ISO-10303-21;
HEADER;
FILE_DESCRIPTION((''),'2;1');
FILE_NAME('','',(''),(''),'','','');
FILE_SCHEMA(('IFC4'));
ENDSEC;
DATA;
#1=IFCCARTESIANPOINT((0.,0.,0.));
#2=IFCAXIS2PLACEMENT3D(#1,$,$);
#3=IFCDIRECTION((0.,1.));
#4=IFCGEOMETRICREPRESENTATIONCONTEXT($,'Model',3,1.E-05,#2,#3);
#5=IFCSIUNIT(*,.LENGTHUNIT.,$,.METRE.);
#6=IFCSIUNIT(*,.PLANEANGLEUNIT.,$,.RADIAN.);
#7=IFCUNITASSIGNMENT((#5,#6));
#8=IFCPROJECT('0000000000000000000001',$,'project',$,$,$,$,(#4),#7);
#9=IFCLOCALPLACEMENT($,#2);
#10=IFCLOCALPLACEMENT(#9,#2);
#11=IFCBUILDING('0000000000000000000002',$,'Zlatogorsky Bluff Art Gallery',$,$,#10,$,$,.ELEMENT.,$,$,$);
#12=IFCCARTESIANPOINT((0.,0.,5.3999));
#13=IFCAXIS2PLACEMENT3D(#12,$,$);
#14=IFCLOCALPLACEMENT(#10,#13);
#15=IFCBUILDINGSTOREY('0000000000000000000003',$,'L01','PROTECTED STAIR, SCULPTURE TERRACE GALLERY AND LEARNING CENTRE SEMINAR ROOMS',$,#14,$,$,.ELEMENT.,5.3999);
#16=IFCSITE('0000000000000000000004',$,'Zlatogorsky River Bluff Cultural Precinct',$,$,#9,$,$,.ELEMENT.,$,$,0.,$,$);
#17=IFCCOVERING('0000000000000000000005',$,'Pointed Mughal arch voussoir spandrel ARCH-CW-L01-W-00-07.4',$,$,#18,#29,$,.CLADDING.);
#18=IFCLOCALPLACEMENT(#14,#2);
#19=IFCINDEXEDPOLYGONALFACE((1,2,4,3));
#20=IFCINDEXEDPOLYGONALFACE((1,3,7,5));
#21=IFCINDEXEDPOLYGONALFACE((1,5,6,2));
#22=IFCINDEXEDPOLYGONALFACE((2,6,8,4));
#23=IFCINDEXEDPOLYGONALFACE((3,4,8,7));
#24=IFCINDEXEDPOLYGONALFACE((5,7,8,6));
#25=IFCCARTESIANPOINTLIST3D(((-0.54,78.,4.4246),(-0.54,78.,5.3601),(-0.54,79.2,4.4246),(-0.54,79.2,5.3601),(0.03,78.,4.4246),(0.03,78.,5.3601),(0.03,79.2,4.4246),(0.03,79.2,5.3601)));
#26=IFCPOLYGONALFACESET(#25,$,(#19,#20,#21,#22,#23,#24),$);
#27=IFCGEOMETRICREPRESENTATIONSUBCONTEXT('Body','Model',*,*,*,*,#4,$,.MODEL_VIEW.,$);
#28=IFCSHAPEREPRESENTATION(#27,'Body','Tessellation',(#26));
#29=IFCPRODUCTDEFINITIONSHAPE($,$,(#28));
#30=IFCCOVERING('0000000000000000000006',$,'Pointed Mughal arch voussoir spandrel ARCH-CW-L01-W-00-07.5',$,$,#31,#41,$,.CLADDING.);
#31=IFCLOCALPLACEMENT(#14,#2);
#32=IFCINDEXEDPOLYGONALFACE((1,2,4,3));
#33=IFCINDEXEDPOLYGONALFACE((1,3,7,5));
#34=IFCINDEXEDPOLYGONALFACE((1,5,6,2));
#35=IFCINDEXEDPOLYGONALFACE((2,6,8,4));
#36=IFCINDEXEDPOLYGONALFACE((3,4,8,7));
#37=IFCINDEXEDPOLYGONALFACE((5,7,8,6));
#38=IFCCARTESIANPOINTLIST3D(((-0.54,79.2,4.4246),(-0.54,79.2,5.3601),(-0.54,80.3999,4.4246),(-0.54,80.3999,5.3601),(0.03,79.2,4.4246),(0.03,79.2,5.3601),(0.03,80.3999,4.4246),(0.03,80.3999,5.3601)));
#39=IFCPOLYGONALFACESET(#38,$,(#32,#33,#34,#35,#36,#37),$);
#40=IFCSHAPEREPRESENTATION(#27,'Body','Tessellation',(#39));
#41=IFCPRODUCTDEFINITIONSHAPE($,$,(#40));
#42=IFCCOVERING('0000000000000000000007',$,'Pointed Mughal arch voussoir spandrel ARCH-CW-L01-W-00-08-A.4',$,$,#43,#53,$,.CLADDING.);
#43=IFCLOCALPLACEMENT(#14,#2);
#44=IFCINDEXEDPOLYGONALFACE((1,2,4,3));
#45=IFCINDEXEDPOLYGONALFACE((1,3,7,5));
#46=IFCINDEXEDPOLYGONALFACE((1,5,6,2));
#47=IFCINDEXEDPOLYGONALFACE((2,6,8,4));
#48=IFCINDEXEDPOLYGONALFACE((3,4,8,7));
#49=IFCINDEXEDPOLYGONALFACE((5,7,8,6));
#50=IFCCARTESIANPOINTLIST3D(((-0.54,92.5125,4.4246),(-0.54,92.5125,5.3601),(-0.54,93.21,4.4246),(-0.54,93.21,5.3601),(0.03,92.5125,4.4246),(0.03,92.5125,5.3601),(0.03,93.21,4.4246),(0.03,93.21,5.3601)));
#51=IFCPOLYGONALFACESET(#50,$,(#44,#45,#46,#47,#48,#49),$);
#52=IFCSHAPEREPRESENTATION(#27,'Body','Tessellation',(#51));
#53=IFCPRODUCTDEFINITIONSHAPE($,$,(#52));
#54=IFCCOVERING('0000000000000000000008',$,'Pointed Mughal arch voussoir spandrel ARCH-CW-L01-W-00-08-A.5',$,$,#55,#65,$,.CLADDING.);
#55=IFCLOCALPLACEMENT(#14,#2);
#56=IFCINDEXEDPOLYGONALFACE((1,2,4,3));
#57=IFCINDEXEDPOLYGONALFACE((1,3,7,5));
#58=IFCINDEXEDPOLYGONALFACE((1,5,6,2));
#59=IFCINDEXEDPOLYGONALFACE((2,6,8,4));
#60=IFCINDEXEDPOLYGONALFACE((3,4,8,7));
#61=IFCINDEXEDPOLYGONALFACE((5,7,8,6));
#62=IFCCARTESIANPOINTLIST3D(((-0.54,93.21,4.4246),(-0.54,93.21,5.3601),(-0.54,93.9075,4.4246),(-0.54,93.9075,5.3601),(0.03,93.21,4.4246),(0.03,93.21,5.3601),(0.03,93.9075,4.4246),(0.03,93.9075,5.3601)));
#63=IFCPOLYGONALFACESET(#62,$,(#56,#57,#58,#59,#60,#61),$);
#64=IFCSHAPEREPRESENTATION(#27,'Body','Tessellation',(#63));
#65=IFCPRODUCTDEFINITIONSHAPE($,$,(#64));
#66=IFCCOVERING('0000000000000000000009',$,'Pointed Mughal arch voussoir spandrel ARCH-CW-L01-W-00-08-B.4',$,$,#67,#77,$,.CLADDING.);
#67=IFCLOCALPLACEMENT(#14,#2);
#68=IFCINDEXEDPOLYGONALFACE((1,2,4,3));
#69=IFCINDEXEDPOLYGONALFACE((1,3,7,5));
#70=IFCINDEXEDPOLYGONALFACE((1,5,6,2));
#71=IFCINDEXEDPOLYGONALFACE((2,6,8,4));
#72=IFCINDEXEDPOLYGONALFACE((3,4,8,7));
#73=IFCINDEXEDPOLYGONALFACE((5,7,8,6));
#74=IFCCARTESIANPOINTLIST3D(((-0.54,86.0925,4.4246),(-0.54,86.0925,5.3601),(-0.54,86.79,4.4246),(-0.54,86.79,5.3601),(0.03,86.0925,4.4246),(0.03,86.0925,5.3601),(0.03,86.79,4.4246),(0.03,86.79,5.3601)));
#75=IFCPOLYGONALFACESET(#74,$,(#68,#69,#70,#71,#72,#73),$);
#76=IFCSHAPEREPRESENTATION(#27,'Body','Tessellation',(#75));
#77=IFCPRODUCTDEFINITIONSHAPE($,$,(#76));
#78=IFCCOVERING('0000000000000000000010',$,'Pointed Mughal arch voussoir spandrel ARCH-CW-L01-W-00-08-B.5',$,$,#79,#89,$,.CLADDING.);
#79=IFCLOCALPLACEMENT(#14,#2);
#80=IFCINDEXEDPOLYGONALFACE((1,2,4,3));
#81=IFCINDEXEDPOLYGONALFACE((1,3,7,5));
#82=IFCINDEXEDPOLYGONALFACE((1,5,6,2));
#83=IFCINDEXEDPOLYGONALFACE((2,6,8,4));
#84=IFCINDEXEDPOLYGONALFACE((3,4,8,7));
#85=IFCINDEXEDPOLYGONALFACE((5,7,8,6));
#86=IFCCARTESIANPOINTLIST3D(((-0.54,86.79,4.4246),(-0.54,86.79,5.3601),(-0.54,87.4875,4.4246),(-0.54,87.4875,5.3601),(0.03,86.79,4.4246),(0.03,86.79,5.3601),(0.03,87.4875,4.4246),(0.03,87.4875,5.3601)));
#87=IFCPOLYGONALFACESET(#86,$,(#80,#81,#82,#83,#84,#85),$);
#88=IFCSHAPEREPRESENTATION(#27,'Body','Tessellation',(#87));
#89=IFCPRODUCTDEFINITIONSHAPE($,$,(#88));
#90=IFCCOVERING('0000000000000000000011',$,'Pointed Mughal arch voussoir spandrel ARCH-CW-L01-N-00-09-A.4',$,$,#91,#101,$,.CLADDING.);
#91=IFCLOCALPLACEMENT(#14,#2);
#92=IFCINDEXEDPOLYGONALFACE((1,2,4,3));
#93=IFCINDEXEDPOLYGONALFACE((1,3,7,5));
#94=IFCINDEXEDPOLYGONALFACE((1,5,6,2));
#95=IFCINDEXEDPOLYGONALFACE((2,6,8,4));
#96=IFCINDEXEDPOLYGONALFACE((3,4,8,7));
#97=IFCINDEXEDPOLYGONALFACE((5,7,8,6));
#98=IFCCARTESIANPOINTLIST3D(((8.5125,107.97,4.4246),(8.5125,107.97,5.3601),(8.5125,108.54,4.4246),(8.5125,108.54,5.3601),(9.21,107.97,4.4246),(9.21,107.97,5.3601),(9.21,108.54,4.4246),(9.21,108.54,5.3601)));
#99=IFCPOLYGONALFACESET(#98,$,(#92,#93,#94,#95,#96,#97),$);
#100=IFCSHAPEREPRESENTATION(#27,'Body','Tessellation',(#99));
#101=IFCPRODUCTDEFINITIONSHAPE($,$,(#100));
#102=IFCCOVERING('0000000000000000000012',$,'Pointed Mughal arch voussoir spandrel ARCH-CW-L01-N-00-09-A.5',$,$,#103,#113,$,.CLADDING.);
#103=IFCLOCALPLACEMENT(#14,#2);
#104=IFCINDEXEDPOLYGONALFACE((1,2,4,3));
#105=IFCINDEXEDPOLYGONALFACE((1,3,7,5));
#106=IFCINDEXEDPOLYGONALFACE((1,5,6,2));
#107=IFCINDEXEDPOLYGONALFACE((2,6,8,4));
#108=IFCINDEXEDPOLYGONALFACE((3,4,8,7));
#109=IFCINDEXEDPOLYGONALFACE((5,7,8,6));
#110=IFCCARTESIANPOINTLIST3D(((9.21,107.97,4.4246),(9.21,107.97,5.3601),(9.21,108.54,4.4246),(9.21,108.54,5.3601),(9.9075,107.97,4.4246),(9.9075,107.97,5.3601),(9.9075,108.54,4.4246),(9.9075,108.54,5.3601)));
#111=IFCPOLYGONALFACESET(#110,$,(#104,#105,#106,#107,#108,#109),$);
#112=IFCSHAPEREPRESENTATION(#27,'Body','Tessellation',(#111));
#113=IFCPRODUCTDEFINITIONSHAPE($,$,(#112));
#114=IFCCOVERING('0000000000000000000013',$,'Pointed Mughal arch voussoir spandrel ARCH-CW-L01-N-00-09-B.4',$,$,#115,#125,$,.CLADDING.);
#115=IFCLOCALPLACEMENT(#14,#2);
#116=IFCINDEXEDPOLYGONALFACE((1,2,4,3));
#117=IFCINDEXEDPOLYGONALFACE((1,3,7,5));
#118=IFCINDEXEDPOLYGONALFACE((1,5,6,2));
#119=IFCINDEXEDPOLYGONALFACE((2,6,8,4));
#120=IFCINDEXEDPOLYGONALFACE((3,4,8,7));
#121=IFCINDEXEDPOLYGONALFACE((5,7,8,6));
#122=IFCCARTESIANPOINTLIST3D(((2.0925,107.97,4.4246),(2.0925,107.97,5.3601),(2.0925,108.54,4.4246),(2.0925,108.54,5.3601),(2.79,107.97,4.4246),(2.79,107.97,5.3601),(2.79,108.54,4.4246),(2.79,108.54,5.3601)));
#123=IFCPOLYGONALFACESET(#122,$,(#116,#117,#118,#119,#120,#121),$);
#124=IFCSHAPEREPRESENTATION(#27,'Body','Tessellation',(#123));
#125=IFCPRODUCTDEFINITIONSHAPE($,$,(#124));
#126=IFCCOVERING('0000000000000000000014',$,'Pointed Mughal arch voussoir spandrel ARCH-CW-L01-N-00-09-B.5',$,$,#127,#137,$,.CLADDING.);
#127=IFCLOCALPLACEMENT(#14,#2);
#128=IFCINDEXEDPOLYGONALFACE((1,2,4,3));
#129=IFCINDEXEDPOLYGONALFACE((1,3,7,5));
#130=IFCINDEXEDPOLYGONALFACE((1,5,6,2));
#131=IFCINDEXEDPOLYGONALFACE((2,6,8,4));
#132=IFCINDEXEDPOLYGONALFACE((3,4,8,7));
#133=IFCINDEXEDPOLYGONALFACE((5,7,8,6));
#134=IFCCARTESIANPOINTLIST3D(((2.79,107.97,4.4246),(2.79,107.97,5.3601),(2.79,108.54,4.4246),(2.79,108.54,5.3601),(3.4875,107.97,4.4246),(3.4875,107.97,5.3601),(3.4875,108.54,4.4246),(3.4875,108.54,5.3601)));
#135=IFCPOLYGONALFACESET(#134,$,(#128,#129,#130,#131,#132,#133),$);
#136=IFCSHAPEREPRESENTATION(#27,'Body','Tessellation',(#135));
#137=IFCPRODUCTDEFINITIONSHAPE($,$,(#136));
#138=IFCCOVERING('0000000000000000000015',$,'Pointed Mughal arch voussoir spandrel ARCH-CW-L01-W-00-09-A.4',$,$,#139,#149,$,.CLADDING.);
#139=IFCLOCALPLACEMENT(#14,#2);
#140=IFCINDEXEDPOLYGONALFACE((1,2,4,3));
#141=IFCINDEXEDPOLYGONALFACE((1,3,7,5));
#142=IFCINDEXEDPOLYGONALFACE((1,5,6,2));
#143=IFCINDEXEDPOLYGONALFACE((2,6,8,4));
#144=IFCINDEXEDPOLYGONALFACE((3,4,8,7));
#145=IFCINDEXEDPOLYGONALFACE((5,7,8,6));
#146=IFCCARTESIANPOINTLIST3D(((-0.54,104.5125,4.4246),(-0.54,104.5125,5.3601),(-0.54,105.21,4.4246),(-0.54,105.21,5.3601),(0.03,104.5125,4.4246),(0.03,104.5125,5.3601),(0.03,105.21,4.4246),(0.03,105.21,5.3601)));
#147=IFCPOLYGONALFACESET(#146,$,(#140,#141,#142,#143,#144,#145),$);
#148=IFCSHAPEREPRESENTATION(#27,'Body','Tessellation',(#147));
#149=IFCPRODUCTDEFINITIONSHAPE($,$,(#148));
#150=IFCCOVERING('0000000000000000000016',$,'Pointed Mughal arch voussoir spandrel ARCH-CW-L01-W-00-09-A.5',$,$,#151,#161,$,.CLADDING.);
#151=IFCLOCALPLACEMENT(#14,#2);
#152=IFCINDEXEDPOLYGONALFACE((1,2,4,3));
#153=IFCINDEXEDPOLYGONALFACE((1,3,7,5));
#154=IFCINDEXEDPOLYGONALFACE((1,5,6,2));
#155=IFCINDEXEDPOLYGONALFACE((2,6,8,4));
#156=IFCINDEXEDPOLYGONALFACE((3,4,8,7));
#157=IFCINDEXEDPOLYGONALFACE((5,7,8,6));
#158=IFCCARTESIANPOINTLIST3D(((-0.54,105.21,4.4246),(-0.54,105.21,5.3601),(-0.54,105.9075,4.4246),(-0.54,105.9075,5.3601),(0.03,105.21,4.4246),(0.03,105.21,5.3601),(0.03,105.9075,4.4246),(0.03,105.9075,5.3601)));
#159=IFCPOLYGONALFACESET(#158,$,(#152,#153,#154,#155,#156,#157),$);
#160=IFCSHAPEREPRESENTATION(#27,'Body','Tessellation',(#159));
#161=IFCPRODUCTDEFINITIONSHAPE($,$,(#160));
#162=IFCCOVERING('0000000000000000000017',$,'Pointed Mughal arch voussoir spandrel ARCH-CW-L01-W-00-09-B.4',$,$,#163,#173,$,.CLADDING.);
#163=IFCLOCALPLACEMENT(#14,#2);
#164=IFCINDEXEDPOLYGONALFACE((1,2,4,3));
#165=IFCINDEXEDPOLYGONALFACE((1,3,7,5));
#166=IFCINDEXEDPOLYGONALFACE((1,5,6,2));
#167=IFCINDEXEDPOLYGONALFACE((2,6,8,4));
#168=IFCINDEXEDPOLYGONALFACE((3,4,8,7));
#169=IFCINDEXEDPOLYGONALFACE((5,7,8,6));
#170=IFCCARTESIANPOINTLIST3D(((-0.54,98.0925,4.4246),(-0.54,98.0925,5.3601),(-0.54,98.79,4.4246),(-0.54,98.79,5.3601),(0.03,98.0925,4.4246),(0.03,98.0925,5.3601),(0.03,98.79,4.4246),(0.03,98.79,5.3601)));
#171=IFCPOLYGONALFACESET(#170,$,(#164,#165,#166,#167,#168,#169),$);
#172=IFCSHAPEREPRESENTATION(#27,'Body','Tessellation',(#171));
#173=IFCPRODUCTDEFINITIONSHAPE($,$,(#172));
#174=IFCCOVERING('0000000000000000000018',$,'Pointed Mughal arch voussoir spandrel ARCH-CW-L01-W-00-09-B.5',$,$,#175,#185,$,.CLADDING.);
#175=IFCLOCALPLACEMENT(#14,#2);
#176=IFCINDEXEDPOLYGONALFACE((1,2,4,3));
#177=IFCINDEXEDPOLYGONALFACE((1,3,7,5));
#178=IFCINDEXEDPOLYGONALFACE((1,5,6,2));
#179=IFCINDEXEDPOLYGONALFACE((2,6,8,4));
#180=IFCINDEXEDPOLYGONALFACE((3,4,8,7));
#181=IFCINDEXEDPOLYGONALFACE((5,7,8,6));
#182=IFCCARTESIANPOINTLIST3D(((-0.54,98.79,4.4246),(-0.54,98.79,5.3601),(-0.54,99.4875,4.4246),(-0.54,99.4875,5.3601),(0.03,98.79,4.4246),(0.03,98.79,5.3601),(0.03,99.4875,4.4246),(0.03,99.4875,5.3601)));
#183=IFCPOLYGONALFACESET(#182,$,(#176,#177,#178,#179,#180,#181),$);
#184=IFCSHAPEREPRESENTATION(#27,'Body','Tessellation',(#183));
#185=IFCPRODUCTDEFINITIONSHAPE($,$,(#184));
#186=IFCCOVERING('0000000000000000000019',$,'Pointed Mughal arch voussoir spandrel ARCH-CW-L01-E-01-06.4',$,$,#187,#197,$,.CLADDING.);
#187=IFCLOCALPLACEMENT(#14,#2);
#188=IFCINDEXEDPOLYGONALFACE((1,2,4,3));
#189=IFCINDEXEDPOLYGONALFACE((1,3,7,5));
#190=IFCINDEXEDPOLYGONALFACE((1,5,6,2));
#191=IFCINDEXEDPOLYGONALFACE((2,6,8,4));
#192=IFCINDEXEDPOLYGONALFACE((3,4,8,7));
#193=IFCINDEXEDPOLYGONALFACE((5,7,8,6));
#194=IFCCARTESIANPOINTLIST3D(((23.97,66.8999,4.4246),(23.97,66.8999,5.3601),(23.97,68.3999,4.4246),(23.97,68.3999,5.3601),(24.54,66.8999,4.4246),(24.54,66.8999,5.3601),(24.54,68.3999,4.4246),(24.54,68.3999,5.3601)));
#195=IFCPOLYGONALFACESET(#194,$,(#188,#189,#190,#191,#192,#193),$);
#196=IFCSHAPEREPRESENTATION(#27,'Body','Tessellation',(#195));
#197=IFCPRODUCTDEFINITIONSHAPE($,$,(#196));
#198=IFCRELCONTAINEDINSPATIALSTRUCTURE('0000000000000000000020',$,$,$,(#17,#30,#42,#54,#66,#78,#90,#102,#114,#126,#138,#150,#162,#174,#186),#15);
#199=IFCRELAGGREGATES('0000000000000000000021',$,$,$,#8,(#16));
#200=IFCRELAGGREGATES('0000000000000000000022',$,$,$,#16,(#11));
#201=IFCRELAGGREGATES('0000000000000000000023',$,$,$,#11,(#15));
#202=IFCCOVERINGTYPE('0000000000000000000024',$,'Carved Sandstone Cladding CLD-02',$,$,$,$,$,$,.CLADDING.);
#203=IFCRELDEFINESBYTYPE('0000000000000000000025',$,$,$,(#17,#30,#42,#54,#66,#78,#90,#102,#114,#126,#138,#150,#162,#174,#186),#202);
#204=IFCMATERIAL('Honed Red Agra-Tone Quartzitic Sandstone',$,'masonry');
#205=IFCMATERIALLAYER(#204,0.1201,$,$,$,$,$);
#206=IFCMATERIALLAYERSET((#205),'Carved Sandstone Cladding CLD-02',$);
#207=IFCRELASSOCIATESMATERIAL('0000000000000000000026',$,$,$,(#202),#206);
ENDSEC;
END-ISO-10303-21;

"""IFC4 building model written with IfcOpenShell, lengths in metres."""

from ifc_helpers import new_model, si_unit, direction, frame, origin, place, context, subcontext, project, spatial, polyline, outline, extrude, material, layer, layer_set, type_object, element, save


model = new_model("IFC4")

# Units and contexts
model_context = context("Model", 3, precision=1e-05, world=origin(), true_north=direction((0.0, 1.0)))
body_context = subcontext(model_context, "Body", "Model", "MODEL_VIEW")
ifc_project = project(units=[si_unit("LENGTHUNIT", "METRE"), si_unit("PLANEANGLEUNIT", "RADIAN")], contexts=[model_context])

# Site, building, storey
site_placement = place(None, origin())
site = spatial("IfcSite", under=ifc_project, at=site_placement, Name="Zlatogorsky River Bluff Cultural Precinct", CompositionType="ELEMENT", RefElevation=0.0)
building_placement = place(site_placement, origin())
building = spatial("IfcBuilding", under=site, at=building_placement, Name="Zlatogorsky Bluff Art Gallery", CompositionType="ELEMENT")
storey_placement = place(building_placement, frame((0.0, 0.0, 5.3999)))
storey = spatial("IfcBuildingStorey", under=building, at=storey_placement, Name="L01", Description="PROTECTED STAIR, SCULPTURE TERRACE GALLERY AND LEARNING CENTRE SEMINAR ROOMS", CompositionType="ELEMENT", Elevation=5.3999)

# Coverings
ifc_material = material(Name="Honed Red Agra-Tone Quartzitic Sandstone", Category="masonry")
ifc_layer = layer(ifc_material, 0.1201)
ifc_layer_set = layer_set([ifc_layer], Name="Carved Sandstone Cladding CLD-02")
covering_type = type_object("IfcCoveringType", Name="Carved Sandstone Cladding CLD-02", PredefinedType="CLADDING", material=ifc_layer_set)
covering_1_placement = place(storey_placement, frame((0.0, 0.0, 4.4246)))
element("IfcCovering", 1, at=covering_1_placement, inside=storey, type_object=covering_type, Name="Pointed Mughal arch voussoir spandrel ARCH-CW-L01-W-00-07.4", PredefinedType="CLADDING", context=body_context, shape_type="SweptSolid", body=[
    extrude(outline(polyline([(-0.54, 78.0), (-0.54, 79.2), (0.03, 79.2), (0.03, 78.0), (-0.54, 78.0)])), origin(), (0.0, 0.0, 1.0), 0.9355),
])
covering_2_placement = place(storey_placement, frame((0.0, 0.0, 4.4246)))
element("IfcCovering", 2, at=covering_2_placement, inside=storey, type_object=covering_type, Name="Pointed Mughal arch voussoir spandrel ARCH-CW-L01-W-00-07.5", PredefinedType="CLADDING", context=body_context, shape_type="SweptSolid", body=[
    extrude(outline(polyline([(-0.54, 79.2), (-0.54, 80.3999), (0.03, 80.3999), (0.03, 79.2), (-0.54, 79.2)])), origin(), (0.0, 0.0, 1.0), 0.9355),
])
covering_3_placement = place(storey_placement, frame((0.0, 0.0, 4.4246)))
element("IfcCovering", 3, at=covering_3_placement, inside=storey, type_object=covering_type, Name="Pointed Mughal arch voussoir spandrel ARCH-CW-L01-W-00-08-A.4", PredefinedType="CLADDING", context=body_context, shape_type="SweptSolid", body=[
    extrude(outline(polyline([(-0.54, 92.5125), (-0.54, 93.21), (0.03, 93.21), (0.03, 92.5125), (-0.54, 92.5125)])), origin(), (0.0, 0.0, 1.0), 0.9355),
])
covering_4_placement = place(storey_placement, frame((0.0, 0.0, 4.4246)))
element("IfcCovering", 4, at=covering_4_placement, inside=storey, type_object=covering_type, Name="Pointed Mughal arch voussoir spandrel ARCH-CW-L01-W-00-08-A.5", PredefinedType="CLADDING", context=body_context, shape_type="SweptSolid", body=[
    extrude(outline(polyline([(-0.54, 93.21), (-0.54, 93.9075), (0.03, 93.9075), (0.03, 93.21), (-0.54, 93.21)])), origin(), (0.0, 0.0, 1.0), 0.9355),
])
covering_5_placement = place(storey_placement, frame((0.0, 0.0, 4.4246)))
element("IfcCovering", 5, at=covering_5_placement, inside=storey, type_object=covering_type, Name="Pointed Mughal arch voussoir spandrel ARCH-CW-L01-W-00-08-B.4", PredefinedType="CLADDING", context=body_context, shape_type="SweptSolid", body=[
    extrude(outline(polyline([(-0.54, 86.0925), (-0.54, 86.79), (0.03, 86.79), (0.03, 86.0925), (-0.54, 86.0925)])), origin(), (0.0, 0.0, 1.0), 0.9355),
])
covering_6_placement = place(storey_placement, frame((0.0, 0.0, 4.4246)))
element("IfcCovering", 6, at=covering_6_placement, inside=storey, type_object=covering_type, Name="Pointed Mughal arch voussoir spandrel ARCH-CW-L01-W-00-08-B.5", PredefinedType="CLADDING", context=body_context, shape_type="SweptSolid", body=[
    extrude(outline(polyline([(-0.54, 86.79), (-0.54, 87.4875), (0.03, 87.4875), (0.03, 86.79), (-0.54, 86.79)])), origin(), (0.0, 0.0, 1.0), 0.9355),
])
covering_7_placement = place(storey_placement, frame((0.0, 0.0, 4.4246)))
element("IfcCovering", 7, at=covering_7_placement, inside=storey, type_object=covering_type, Name="Pointed Mughal arch voussoir spandrel ARCH-CW-L01-N-00-09-A.4", PredefinedType="CLADDING", context=body_context, shape_type="SweptSolid", body=[
    extrude(outline(polyline([(8.5125, 107.97), (9.21, 107.97), (9.21, 108.54), (8.5125, 108.54), (8.5125, 107.97)])), origin(), (0.0, 0.0, 1.0), 0.9355),
])
covering_8_placement = place(storey_placement, frame((0.0, 0.0, 4.4246)))
element("IfcCovering", 8, at=covering_8_placement, inside=storey, type_object=covering_type, Name="Pointed Mughal arch voussoir spandrel ARCH-CW-L01-N-00-09-A.5", PredefinedType="CLADDING", context=body_context, shape_type="SweptSolid", body=[
    extrude(outline(polyline([(9.21, 107.97), (9.9075, 107.97), (9.9075, 108.54), (9.21, 108.54), (9.21, 107.97)])), origin(), (0.0, 0.0, 1.0), 0.9355),
])
covering_9_placement = place(storey_placement, frame((0.0, 0.0, 4.4246)))
element("IfcCovering", 9, at=covering_9_placement, inside=storey, type_object=covering_type, Name="Pointed Mughal arch voussoir spandrel ARCH-CW-L01-N-00-09-B.4", PredefinedType="CLADDING", context=body_context, shape_type="SweptSolid", body=[
    extrude(outline(polyline([(2.0925, 107.97), (2.79, 107.97), (2.79, 108.54), (2.0925, 108.54), (2.0925, 107.97)])), origin(), (0.0, 0.0, 1.0), 0.9355),
])
covering_10_placement = place(storey_placement, frame((0.0, 0.0, 4.4246)))
element("IfcCovering", 10, at=covering_10_placement, inside=storey, type_object=covering_type, Name="Pointed Mughal arch voussoir spandrel ARCH-CW-L01-N-00-09-B.5", PredefinedType="CLADDING", context=body_context, shape_type="SweptSolid", body=[
    extrude(outline(polyline([(2.79, 107.97), (3.4875, 107.97), (3.4875, 108.54), (2.79, 108.54), (2.79, 107.97)])), origin(), (0.0, 0.0, 1.0), 0.9355),
])
covering_11_placement = place(storey_placement, frame((0.0, 0.0, 4.4246)))
element("IfcCovering", 11, at=covering_11_placement, inside=storey, type_object=covering_type, Name="Pointed Mughal arch voussoir spandrel ARCH-CW-L01-W-00-09-A.4", PredefinedType="CLADDING", context=body_context, shape_type="SweptSolid", body=[
    extrude(outline(polyline([(-0.54, 104.5125), (-0.54, 105.21), (0.03, 105.21), (0.03, 104.5125), (-0.54, 104.5125)])), origin(), (0.0, 0.0, 1.0), 0.9355),
])
covering_12_placement = place(storey_placement, frame((0.0, 0.0, 4.4246)))
element("IfcCovering", 12, at=covering_12_placement, inside=storey, type_object=covering_type, Name="Pointed Mughal arch voussoir spandrel ARCH-CW-L01-W-00-09-A.5", PredefinedType="CLADDING", context=body_context, shape_type="SweptSolid", body=[
    extrude(outline(polyline([(-0.54, 105.21), (-0.54, 105.9075), (0.03, 105.9075), (0.03, 105.21), (-0.54, 105.21)])), origin(), (0.0, 0.0, 1.0), 0.9355),
])
covering_13_placement = place(storey_placement, frame((0.0, 0.0, 4.4246)))
element("IfcCovering", 13, at=covering_13_placement, inside=storey, type_object=covering_type, Name="Pointed Mughal arch voussoir spandrel ARCH-CW-L01-W-00-09-B.4", PredefinedType="CLADDING", context=body_context, shape_type="SweptSolid", body=[
    extrude(outline(polyline([(-0.54, 98.0925), (-0.54, 98.79), (0.03, 98.79), (0.03, 98.0925), (-0.54, 98.0925)])), origin(), (0.0, 0.0, 1.0), 0.9355),
])
covering_14_placement = place(storey_placement, frame((0.0, 0.0, 4.4246)))
element("IfcCovering", 14, at=covering_14_placement, inside=storey, type_object=covering_type, Name="Pointed Mughal arch voussoir spandrel ARCH-CW-L01-W-00-09-B.5", PredefinedType="CLADDING", context=body_context, shape_type="SweptSolid", body=[
    extrude(outline(polyline([(-0.54, 98.79), (-0.54, 99.4875), (0.03, 99.4875), (0.03, 98.79), (-0.54, 98.79)])), origin(), (0.0, 0.0, 1.0), 0.9355),
])
covering_15_placement = place(storey_placement, frame((0.0, 0.0, 4.4246)))
element("IfcCovering", 15, at=covering_15_placement, inside=storey, type_object=covering_type, Name="Pointed Mughal arch voussoir spandrel ARCH-CW-L01-E-01-06.4", PredefinedType="CLADDING", context=body_context, shape_type="SweptSolid", body=[
    extrude(outline(polyline([(23.97, 66.8999), (23.97, 68.3999), (24.54, 68.3999), (24.54, 66.8999), (23.97, 66.8999)])), origin(), (0.0, 0.0, 1.0), 0.9355),
])

save(model, "model.ifc")
